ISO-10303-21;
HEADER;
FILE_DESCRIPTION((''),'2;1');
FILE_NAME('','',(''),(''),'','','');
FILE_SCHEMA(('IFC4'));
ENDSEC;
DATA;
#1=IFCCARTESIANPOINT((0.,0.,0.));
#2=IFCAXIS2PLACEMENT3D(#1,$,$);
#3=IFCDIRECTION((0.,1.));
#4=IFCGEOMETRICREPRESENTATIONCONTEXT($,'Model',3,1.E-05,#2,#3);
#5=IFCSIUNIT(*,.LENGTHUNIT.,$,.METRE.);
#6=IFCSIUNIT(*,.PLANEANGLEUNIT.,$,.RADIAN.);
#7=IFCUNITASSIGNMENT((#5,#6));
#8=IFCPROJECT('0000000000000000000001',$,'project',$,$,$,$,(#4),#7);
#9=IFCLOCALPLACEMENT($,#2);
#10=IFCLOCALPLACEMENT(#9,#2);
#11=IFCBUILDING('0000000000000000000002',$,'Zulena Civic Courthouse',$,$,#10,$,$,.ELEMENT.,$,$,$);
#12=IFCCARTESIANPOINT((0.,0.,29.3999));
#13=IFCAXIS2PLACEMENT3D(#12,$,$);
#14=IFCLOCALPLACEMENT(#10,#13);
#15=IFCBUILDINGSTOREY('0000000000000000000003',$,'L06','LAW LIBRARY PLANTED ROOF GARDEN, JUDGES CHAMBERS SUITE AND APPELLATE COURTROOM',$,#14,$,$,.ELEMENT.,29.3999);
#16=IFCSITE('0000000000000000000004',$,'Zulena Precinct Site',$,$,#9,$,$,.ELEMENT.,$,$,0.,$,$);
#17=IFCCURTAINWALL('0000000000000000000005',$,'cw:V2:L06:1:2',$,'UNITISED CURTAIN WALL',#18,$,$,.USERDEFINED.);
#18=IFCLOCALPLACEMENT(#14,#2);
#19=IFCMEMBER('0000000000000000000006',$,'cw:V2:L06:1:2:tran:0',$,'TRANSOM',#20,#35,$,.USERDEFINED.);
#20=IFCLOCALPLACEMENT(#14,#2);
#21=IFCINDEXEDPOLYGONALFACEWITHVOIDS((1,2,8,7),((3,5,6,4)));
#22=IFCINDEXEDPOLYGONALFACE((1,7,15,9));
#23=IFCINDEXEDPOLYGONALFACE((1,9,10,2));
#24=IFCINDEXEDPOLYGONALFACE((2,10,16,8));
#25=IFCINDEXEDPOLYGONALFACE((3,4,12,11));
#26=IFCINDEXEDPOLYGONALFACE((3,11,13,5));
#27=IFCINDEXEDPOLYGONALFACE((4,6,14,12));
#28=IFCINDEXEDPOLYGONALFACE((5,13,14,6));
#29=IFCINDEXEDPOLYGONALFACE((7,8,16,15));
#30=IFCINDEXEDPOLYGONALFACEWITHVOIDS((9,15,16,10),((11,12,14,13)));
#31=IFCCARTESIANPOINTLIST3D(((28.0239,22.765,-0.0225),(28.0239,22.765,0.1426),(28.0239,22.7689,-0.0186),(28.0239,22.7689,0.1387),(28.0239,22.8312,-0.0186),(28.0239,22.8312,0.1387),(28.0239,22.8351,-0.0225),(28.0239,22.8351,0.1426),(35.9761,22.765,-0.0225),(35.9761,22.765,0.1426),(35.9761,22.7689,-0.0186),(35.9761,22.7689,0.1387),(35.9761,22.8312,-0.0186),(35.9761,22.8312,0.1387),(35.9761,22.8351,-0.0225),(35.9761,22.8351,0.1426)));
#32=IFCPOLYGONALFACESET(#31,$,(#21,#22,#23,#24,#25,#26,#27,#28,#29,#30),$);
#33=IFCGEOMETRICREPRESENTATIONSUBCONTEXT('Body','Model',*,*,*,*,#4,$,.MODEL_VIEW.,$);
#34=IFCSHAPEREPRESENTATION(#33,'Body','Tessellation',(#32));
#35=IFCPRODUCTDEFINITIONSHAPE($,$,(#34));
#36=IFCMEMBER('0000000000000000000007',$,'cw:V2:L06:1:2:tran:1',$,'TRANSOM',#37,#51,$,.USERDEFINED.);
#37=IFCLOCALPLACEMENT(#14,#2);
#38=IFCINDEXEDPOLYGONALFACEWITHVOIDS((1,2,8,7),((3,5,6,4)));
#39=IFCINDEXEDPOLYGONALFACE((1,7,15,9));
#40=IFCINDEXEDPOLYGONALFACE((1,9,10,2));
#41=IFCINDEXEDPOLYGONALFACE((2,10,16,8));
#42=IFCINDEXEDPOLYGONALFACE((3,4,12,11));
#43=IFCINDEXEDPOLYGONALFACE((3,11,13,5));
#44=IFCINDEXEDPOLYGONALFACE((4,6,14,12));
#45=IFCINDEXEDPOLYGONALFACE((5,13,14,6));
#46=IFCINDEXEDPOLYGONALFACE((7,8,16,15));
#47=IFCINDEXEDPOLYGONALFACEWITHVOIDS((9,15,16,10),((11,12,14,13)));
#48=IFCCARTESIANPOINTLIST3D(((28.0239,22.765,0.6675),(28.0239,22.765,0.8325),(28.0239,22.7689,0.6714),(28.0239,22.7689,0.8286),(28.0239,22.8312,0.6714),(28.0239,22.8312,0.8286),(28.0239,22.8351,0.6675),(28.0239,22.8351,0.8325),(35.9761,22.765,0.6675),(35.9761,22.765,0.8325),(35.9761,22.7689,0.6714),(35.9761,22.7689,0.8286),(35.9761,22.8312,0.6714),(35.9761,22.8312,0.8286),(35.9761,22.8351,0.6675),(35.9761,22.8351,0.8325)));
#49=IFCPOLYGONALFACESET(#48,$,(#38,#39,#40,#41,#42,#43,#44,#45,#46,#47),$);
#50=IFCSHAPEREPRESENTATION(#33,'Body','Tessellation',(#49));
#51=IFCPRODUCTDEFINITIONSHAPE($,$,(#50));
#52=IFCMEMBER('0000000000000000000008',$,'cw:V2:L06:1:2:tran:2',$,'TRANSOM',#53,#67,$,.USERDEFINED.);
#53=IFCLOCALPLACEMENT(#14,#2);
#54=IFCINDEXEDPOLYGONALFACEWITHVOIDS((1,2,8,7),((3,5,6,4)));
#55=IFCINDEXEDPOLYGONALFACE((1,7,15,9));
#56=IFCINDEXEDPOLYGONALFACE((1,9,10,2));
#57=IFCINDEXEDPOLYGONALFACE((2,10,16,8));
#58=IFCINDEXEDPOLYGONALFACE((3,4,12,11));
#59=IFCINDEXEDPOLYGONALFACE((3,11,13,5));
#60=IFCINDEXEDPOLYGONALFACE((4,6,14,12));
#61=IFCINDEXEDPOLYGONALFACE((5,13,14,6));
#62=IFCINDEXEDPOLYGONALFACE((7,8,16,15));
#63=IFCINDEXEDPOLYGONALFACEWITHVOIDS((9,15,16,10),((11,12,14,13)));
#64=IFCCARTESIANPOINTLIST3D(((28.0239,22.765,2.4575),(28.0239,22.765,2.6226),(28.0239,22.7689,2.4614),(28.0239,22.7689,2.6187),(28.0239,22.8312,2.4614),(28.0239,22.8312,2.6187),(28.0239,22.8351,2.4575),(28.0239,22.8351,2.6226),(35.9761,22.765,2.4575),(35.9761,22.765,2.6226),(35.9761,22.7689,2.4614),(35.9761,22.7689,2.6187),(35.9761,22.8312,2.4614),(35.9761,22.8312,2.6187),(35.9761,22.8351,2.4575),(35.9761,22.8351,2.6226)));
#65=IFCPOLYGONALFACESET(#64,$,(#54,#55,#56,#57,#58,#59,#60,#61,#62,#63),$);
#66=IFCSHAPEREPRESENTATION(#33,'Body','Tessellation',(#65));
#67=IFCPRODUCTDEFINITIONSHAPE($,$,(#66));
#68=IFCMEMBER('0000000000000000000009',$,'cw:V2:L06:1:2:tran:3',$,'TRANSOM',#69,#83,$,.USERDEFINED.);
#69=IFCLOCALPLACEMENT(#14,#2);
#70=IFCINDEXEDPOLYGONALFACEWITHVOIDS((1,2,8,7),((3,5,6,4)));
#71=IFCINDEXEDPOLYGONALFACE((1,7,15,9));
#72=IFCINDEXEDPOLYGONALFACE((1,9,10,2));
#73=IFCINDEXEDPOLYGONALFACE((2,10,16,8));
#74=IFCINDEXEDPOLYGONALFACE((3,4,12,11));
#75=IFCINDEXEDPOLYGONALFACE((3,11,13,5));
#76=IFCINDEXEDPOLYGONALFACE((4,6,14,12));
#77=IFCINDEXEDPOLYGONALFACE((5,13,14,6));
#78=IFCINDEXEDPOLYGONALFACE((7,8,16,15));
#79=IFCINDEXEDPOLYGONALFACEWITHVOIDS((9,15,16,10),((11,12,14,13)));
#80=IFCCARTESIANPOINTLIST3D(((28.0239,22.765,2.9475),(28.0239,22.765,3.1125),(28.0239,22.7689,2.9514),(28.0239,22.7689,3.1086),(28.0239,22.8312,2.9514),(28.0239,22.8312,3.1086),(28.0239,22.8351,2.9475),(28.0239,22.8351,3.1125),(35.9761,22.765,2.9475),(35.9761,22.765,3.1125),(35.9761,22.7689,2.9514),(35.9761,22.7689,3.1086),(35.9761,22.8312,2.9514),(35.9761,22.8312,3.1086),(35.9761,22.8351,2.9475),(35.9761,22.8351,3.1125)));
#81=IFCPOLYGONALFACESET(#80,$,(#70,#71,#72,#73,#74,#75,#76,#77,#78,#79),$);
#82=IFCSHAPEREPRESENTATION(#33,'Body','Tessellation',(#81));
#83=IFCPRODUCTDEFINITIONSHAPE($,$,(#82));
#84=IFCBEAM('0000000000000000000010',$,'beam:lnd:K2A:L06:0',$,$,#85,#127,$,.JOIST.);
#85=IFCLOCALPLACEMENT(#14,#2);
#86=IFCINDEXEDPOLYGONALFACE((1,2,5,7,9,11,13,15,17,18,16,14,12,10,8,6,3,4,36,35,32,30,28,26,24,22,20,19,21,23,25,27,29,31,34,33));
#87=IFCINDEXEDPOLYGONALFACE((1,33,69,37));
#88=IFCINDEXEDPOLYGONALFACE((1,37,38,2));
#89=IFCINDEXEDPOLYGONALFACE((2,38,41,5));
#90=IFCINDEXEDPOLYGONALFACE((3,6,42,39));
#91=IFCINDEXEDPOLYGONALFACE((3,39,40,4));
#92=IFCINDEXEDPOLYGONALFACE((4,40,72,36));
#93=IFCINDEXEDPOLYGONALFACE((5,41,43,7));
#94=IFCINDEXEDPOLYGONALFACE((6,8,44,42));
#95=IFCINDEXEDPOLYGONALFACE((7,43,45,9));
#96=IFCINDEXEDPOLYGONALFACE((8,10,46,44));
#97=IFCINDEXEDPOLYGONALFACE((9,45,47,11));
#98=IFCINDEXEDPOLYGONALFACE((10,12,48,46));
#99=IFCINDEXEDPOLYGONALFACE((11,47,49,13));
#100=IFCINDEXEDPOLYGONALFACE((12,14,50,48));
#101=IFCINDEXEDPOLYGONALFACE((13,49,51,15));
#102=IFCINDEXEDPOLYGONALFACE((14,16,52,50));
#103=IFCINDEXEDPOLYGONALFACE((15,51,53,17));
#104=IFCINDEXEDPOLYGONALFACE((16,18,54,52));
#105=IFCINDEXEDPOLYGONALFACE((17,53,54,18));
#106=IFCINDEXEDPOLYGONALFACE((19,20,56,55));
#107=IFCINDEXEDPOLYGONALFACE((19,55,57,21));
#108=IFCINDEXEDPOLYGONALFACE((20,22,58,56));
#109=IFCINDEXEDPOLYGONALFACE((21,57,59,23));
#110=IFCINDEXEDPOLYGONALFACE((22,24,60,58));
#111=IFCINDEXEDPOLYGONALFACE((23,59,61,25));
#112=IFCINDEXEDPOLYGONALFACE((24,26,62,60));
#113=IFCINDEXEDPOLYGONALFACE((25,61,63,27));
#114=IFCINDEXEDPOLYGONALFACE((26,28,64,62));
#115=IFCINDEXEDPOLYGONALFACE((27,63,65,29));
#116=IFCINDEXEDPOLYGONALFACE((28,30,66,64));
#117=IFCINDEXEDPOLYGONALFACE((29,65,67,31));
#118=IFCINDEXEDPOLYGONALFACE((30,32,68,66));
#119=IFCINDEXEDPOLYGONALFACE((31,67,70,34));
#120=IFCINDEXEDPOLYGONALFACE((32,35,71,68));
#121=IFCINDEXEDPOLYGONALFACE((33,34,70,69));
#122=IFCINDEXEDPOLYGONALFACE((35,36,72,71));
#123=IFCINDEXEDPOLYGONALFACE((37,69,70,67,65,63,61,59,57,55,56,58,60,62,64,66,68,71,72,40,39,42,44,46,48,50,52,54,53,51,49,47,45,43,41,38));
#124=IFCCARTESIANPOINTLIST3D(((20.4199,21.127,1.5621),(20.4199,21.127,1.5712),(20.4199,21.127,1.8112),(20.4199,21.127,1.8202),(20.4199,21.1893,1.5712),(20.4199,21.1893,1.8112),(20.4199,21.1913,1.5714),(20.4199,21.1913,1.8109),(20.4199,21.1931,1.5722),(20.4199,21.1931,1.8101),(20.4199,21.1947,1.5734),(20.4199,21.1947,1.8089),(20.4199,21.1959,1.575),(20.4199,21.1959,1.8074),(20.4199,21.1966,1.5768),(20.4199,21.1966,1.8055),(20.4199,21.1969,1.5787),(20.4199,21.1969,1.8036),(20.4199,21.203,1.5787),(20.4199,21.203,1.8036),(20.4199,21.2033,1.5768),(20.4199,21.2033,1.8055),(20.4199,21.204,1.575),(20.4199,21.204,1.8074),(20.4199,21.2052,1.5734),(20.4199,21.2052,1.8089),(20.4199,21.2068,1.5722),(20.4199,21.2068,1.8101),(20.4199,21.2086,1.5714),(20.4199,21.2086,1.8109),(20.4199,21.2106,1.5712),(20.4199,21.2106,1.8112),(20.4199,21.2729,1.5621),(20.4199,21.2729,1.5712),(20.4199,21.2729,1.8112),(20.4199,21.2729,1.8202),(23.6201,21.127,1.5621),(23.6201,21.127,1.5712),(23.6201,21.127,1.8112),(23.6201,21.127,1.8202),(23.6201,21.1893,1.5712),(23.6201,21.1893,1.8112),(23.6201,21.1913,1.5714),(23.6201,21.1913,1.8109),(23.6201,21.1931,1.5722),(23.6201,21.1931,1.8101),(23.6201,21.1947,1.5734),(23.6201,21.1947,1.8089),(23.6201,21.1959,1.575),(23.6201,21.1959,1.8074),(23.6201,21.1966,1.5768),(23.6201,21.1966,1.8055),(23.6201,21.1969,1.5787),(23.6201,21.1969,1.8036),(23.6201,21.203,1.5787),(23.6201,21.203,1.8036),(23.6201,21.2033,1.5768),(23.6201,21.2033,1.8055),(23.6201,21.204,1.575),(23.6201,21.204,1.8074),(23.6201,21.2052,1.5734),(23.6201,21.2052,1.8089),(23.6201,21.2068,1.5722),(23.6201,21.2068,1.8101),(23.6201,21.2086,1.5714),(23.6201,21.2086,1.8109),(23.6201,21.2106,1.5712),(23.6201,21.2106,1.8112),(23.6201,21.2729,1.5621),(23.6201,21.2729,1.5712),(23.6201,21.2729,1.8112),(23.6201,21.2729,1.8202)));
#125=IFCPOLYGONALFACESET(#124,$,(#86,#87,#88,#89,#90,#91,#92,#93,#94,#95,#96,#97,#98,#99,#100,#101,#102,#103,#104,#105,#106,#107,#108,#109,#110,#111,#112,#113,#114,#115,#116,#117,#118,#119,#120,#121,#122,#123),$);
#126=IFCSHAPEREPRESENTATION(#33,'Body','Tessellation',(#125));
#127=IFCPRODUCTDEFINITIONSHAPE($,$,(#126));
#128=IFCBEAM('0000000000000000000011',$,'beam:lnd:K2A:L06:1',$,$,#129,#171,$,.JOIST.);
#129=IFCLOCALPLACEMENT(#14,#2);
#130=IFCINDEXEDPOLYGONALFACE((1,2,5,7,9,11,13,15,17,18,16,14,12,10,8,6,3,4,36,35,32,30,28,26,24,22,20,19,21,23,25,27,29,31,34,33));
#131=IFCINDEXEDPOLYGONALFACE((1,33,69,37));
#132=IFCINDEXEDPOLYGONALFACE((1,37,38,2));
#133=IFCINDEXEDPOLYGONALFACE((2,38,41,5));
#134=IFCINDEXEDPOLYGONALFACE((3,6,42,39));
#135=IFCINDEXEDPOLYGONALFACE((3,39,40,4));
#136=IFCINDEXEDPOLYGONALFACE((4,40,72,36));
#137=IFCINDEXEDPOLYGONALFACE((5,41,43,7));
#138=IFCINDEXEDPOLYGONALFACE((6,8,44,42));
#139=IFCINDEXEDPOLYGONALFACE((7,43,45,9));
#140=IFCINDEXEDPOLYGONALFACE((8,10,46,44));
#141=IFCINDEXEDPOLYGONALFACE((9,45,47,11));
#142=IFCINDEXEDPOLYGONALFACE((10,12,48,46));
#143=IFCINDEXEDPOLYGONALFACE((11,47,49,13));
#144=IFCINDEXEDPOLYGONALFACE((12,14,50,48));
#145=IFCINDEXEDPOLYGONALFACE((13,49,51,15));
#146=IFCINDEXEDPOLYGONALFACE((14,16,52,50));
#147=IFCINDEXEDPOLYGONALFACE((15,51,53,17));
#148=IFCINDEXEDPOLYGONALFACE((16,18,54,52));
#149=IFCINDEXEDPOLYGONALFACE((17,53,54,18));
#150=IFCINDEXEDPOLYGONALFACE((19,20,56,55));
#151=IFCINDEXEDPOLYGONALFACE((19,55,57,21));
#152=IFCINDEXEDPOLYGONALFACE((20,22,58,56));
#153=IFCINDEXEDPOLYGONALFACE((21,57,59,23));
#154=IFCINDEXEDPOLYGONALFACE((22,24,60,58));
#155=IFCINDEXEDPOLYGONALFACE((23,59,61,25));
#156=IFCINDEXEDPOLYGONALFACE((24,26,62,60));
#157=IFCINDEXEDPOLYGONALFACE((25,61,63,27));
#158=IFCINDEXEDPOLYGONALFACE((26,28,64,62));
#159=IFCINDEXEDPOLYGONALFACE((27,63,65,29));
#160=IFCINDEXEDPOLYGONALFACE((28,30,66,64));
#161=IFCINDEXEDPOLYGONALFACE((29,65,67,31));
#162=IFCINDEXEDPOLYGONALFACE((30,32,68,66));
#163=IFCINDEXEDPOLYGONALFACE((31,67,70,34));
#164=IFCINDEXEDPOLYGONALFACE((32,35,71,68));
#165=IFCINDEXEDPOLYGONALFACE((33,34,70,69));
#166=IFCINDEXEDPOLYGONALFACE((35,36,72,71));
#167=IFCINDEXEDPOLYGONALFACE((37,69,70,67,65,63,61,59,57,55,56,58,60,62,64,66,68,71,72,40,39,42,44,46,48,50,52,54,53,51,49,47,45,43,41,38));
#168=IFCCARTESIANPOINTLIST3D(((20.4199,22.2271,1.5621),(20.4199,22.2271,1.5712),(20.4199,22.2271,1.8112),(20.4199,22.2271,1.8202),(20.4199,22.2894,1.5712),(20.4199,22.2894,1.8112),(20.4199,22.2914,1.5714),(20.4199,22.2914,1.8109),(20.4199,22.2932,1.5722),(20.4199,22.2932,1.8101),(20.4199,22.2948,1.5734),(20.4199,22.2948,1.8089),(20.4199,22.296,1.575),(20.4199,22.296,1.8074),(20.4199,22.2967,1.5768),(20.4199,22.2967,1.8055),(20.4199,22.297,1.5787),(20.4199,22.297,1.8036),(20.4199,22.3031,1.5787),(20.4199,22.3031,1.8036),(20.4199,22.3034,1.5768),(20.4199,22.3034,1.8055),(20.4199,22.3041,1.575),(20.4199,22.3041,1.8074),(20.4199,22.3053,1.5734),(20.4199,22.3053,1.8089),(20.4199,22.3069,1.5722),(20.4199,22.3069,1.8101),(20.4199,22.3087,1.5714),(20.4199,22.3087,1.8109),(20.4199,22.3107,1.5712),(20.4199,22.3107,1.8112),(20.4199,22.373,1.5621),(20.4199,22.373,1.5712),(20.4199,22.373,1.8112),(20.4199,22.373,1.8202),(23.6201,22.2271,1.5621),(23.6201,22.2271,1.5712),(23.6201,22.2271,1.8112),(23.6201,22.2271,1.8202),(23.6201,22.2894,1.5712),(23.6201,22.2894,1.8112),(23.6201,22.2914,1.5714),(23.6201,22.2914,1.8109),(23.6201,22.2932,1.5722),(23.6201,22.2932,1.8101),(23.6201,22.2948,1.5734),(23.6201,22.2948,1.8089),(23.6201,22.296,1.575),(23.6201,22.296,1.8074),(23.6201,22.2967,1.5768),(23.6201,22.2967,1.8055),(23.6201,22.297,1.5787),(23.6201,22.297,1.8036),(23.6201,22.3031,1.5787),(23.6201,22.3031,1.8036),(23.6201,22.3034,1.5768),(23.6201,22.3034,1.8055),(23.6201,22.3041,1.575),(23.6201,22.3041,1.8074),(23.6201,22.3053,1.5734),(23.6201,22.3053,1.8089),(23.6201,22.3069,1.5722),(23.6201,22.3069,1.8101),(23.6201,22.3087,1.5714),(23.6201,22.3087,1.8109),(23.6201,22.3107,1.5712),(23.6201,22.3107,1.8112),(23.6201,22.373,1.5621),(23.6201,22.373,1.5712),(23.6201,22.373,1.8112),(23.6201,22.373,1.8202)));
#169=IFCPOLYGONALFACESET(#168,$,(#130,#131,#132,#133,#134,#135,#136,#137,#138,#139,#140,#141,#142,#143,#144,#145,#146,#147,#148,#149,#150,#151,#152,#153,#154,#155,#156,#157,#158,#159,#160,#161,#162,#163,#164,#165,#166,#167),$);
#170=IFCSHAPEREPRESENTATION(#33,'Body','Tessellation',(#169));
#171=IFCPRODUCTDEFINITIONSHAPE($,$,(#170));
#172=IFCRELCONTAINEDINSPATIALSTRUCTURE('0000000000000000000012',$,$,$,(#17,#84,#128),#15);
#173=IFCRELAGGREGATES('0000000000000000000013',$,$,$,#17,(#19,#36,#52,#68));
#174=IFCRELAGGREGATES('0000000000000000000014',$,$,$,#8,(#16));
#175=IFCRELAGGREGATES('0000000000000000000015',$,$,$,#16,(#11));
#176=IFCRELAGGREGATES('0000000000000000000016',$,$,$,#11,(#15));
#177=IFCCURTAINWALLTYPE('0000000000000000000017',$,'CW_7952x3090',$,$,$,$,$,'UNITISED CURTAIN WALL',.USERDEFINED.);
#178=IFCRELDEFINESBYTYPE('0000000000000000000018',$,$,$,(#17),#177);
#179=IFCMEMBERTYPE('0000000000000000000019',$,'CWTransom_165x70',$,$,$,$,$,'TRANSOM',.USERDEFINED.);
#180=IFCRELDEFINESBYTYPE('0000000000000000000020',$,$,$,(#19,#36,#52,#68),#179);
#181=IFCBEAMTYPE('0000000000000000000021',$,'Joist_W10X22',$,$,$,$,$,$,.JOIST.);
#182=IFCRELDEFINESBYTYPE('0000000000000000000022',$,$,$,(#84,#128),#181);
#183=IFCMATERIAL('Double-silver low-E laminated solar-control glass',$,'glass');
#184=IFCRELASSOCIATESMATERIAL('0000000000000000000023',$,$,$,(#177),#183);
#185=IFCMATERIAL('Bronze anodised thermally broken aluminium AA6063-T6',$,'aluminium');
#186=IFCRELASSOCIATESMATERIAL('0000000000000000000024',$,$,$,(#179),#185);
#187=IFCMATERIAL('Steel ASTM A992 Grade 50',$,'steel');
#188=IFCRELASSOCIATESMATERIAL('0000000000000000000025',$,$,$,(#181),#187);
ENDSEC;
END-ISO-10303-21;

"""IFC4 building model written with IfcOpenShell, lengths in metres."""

from ifc_helpers import new_model, si_unit, direction, frame, origin, origin_2d, place, context, subcontext, project, spatial, hollow_rectangle, i_section, extrude, material, material_profile, profile_set, type_object, element, aggregate, save


model = new_model("IFC4")

# Units and contexts
model_context = context("Model", 3, precision=1e-05, world=origin(), true_north=direction((0.0, 1.0)))
body_context = subcontext(model_context, "Body", "Model", "MODEL_VIEW")
ifc_project = project(units=[si_unit("LENGTHUNIT", "METRE"), si_unit("PLANEANGLEUNIT", "RADIAN")], contexts=[model_context])

# Site, building, storey
site_placement = place(None, origin())
site = spatial("IfcSite", under=ifc_project, at=site_placement, Name="Zulena Precinct Site", CompositionType="ELEMENT", RefElevation=0.0)
building_placement = place(site_placement, origin())
building = spatial("IfcBuilding", under=site, at=building_placement, Name="Zulena Civic Courthouse", CompositionType="ELEMENT")
storey_placement = place(building_placement, frame((0.0, 0.0, 29.3999)))
storey = spatial("IfcBuildingStorey", under=building, at=storey_placement, Name="L06", Description="LAW LIBRARY PLANTED ROOF GARDEN, JUDGES CHAMBERS SUITE AND APPELLATE COURTROOM", CompositionType="ELEMENT", Elevation=29.3999)

# Shared definitions
ifc_material_1 = material(Name="Steel ASTM A992 Grade 50", Category="steel")

# Curtain wall, members
ifc_material_2 = material(Name="Double-silver low-E laminated solar-control glass", Category="glass")
curtain_wall_type = type_object("IfcCurtainWallType", Name="CW_7952x3090", ElementType="UNITISED CURTAIN WALL", PredefinedType="USERDEFINED", material=ifc_material_2)
curtain_wall_placement = place(storey_placement, origin())
curtain_wall = element("IfcCurtainWall", 1, at=curtain_wall_placement, inside=storey, type_object=curtain_wall_type, Name="cw:V2:L06:1:2", ObjectType="UNITISED CURTAIN WALL", PredefinedType="USERDEFINED")
ifc_material_3 = material(Name="Bronze anodised thermally broken aluminium AA6063-T6", Category="aluminium")
ifc_material_profile_1 = material_profile(ifc_material_3, hollow_rectangle(XDim=0.0701, YDim=0.165, WallThickness=0.0039, at=origin_2d()), Name="CWT165X70X4")
ifc_profile_set_1 = profile_set([ifc_material_profile_1], Name="Bronze anodised thermally broken aluminium AA6063-T6")
member_type_1 = type_object("IfcMemberType", Name="CWTransom_165x70", ElementType="TRANSOM", PredefinedType="USERDEFINED", material=ifc_profile_set_1)
member_1_placement = place(storey_placement, frame((28.0239, 22.8, 0.0601), z_axis=(1.0, 0.0, 0.0), x_axis=(0.0, 1.0, 0.0)))
member_1 = element("IfcMember", 2, at=member_1_placement, type_object=member_type_1, Name="cw:V2:L06:1:2:tran:0", ObjectType="TRANSOM", PredefinedType="USERDEFINED", context=body_context, shape_type="SweptSolid", body=[
    extrude(hollow_rectangle(XDim=0.0701, YDim=0.165, WallThickness=0.0039, at=origin_2d()), origin(), (0.0, 0.0, 1.0), 7.9521),
])
member_2_placement = place(storey_placement, frame((28.0239, 22.8, 0.75), z_axis=(1.0, 0.0, 0.0), x_axis=(0.0, 1.0, 0.0)))
member_2 = element("IfcMember", 3, at=member_2_placement, type_object=member_type_1, Name="cw:V2:L06:1:2:tran:1", ObjectType="TRANSOM", PredefinedType="USERDEFINED", context=body_context, shape_type="SweptSolid", body=[
    extrude(hollow_rectangle(XDim=0.0701, YDim=0.165, WallThickness=0.0039, at=origin_2d()), origin(), (0.0, 0.0, 1.0), 7.9521),
])
member_3_placement = place(storey_placement, frame((28.0239, 22.8, 2.54), z_axis=(1.0, 0.0, 0.0), x_axis=(0.0, 1.0, 0.0)))
member_3 = element("IfcMember", 4, at=member_3_placement, type_object=member_type_1, Name="cw:V2:L06:1:2:tran:2", ObjectType="TRANSOM", PredefinedType="USERDEFINED", context=body_context, shape_type="SweptSolid", body=[
    extrude(hollow_rectangle(XDim=0.0701, YDim=0.165, WallThickness=0.0039, at=origin_2d()), origin(), (0.0, 0.0, 1.0), 7.9521),
])
member_4_placement = place(storey_placement, frame((28.0239, 22.8, 3.03), z_axis=(1.0, 0.0, 0.0), x_axis=(0.0, 1.0, 0.0)))
member_4 = element("IfcMember", 5, at=member_4_placement, type_object=member_type_1, Name="cw:V2:L06:1:2:tran:3", ObjectType="TRANSOM", PredefinedType="USERDEFINED", context=body_context, shape_type="SweptSolid", body=[
    extrude(hollow_rectangle(XDim=0.0701, YDim=0.165, WallThickness=0.0039, at=origin_2d()), origin(), (0.0, 0.0, 1.0), 7.9521),
])

# Beams
ifc_material_profile_2 = material_profile(ifc_material_1, i_section(OverallWidth=0.146, OverallDepth=0.2581, WebThickness=0.0061, FlangeThickness=0.009, FilletRadius=0.0076, at=origin_2d()), Name="W10X22")
ifc_profile_set_2 = profile_set([ifc_material_profile_2], Name="Steel ASTM A992 Grade 50")
beam_type_1 = type_object("IfcBeamType", Name="Joist_W10X22", PredefinedType="JOIST", material=ifc_profile_set_2)
for number, where, z_axis, x_axis, name in (
    (6, (20.4199, 21.2, 1.6912), (1.0, 0.0, 0.0), (0.0, 1.0, 0.0), "beam:lnd:K2A:L06:0"),
    (7, (20.4199, 22.3, 1.6912), (1.0, 0.0, 0.0), (0.0, 1.0, 0.0), "beam:lnd:K2A:L06:1"),
):
    element("IfcBeam", number, at=place(storey_placement, frame(where, z_axis=z_axis, x_axis=x_axis)), inside=storey, type_object=beam_type_1, Name=name, PredefinedType="JOIST", context=body_context, shape_type="SweptSolid", body=[
        extrude(i_section(OverallWidth=0.146, OverallDepth=0.2581, WebThickness=0.0061, FlangeThickness=0.009, FilletRadius=0.0076, at=origin_2d()), origin(), (0.0, 0.0, 1.0), 3.2002),
    ])

aggregate(curtain_wall, [member_1, member_2, member_3, member_4])

save(model, "model.ifc")
